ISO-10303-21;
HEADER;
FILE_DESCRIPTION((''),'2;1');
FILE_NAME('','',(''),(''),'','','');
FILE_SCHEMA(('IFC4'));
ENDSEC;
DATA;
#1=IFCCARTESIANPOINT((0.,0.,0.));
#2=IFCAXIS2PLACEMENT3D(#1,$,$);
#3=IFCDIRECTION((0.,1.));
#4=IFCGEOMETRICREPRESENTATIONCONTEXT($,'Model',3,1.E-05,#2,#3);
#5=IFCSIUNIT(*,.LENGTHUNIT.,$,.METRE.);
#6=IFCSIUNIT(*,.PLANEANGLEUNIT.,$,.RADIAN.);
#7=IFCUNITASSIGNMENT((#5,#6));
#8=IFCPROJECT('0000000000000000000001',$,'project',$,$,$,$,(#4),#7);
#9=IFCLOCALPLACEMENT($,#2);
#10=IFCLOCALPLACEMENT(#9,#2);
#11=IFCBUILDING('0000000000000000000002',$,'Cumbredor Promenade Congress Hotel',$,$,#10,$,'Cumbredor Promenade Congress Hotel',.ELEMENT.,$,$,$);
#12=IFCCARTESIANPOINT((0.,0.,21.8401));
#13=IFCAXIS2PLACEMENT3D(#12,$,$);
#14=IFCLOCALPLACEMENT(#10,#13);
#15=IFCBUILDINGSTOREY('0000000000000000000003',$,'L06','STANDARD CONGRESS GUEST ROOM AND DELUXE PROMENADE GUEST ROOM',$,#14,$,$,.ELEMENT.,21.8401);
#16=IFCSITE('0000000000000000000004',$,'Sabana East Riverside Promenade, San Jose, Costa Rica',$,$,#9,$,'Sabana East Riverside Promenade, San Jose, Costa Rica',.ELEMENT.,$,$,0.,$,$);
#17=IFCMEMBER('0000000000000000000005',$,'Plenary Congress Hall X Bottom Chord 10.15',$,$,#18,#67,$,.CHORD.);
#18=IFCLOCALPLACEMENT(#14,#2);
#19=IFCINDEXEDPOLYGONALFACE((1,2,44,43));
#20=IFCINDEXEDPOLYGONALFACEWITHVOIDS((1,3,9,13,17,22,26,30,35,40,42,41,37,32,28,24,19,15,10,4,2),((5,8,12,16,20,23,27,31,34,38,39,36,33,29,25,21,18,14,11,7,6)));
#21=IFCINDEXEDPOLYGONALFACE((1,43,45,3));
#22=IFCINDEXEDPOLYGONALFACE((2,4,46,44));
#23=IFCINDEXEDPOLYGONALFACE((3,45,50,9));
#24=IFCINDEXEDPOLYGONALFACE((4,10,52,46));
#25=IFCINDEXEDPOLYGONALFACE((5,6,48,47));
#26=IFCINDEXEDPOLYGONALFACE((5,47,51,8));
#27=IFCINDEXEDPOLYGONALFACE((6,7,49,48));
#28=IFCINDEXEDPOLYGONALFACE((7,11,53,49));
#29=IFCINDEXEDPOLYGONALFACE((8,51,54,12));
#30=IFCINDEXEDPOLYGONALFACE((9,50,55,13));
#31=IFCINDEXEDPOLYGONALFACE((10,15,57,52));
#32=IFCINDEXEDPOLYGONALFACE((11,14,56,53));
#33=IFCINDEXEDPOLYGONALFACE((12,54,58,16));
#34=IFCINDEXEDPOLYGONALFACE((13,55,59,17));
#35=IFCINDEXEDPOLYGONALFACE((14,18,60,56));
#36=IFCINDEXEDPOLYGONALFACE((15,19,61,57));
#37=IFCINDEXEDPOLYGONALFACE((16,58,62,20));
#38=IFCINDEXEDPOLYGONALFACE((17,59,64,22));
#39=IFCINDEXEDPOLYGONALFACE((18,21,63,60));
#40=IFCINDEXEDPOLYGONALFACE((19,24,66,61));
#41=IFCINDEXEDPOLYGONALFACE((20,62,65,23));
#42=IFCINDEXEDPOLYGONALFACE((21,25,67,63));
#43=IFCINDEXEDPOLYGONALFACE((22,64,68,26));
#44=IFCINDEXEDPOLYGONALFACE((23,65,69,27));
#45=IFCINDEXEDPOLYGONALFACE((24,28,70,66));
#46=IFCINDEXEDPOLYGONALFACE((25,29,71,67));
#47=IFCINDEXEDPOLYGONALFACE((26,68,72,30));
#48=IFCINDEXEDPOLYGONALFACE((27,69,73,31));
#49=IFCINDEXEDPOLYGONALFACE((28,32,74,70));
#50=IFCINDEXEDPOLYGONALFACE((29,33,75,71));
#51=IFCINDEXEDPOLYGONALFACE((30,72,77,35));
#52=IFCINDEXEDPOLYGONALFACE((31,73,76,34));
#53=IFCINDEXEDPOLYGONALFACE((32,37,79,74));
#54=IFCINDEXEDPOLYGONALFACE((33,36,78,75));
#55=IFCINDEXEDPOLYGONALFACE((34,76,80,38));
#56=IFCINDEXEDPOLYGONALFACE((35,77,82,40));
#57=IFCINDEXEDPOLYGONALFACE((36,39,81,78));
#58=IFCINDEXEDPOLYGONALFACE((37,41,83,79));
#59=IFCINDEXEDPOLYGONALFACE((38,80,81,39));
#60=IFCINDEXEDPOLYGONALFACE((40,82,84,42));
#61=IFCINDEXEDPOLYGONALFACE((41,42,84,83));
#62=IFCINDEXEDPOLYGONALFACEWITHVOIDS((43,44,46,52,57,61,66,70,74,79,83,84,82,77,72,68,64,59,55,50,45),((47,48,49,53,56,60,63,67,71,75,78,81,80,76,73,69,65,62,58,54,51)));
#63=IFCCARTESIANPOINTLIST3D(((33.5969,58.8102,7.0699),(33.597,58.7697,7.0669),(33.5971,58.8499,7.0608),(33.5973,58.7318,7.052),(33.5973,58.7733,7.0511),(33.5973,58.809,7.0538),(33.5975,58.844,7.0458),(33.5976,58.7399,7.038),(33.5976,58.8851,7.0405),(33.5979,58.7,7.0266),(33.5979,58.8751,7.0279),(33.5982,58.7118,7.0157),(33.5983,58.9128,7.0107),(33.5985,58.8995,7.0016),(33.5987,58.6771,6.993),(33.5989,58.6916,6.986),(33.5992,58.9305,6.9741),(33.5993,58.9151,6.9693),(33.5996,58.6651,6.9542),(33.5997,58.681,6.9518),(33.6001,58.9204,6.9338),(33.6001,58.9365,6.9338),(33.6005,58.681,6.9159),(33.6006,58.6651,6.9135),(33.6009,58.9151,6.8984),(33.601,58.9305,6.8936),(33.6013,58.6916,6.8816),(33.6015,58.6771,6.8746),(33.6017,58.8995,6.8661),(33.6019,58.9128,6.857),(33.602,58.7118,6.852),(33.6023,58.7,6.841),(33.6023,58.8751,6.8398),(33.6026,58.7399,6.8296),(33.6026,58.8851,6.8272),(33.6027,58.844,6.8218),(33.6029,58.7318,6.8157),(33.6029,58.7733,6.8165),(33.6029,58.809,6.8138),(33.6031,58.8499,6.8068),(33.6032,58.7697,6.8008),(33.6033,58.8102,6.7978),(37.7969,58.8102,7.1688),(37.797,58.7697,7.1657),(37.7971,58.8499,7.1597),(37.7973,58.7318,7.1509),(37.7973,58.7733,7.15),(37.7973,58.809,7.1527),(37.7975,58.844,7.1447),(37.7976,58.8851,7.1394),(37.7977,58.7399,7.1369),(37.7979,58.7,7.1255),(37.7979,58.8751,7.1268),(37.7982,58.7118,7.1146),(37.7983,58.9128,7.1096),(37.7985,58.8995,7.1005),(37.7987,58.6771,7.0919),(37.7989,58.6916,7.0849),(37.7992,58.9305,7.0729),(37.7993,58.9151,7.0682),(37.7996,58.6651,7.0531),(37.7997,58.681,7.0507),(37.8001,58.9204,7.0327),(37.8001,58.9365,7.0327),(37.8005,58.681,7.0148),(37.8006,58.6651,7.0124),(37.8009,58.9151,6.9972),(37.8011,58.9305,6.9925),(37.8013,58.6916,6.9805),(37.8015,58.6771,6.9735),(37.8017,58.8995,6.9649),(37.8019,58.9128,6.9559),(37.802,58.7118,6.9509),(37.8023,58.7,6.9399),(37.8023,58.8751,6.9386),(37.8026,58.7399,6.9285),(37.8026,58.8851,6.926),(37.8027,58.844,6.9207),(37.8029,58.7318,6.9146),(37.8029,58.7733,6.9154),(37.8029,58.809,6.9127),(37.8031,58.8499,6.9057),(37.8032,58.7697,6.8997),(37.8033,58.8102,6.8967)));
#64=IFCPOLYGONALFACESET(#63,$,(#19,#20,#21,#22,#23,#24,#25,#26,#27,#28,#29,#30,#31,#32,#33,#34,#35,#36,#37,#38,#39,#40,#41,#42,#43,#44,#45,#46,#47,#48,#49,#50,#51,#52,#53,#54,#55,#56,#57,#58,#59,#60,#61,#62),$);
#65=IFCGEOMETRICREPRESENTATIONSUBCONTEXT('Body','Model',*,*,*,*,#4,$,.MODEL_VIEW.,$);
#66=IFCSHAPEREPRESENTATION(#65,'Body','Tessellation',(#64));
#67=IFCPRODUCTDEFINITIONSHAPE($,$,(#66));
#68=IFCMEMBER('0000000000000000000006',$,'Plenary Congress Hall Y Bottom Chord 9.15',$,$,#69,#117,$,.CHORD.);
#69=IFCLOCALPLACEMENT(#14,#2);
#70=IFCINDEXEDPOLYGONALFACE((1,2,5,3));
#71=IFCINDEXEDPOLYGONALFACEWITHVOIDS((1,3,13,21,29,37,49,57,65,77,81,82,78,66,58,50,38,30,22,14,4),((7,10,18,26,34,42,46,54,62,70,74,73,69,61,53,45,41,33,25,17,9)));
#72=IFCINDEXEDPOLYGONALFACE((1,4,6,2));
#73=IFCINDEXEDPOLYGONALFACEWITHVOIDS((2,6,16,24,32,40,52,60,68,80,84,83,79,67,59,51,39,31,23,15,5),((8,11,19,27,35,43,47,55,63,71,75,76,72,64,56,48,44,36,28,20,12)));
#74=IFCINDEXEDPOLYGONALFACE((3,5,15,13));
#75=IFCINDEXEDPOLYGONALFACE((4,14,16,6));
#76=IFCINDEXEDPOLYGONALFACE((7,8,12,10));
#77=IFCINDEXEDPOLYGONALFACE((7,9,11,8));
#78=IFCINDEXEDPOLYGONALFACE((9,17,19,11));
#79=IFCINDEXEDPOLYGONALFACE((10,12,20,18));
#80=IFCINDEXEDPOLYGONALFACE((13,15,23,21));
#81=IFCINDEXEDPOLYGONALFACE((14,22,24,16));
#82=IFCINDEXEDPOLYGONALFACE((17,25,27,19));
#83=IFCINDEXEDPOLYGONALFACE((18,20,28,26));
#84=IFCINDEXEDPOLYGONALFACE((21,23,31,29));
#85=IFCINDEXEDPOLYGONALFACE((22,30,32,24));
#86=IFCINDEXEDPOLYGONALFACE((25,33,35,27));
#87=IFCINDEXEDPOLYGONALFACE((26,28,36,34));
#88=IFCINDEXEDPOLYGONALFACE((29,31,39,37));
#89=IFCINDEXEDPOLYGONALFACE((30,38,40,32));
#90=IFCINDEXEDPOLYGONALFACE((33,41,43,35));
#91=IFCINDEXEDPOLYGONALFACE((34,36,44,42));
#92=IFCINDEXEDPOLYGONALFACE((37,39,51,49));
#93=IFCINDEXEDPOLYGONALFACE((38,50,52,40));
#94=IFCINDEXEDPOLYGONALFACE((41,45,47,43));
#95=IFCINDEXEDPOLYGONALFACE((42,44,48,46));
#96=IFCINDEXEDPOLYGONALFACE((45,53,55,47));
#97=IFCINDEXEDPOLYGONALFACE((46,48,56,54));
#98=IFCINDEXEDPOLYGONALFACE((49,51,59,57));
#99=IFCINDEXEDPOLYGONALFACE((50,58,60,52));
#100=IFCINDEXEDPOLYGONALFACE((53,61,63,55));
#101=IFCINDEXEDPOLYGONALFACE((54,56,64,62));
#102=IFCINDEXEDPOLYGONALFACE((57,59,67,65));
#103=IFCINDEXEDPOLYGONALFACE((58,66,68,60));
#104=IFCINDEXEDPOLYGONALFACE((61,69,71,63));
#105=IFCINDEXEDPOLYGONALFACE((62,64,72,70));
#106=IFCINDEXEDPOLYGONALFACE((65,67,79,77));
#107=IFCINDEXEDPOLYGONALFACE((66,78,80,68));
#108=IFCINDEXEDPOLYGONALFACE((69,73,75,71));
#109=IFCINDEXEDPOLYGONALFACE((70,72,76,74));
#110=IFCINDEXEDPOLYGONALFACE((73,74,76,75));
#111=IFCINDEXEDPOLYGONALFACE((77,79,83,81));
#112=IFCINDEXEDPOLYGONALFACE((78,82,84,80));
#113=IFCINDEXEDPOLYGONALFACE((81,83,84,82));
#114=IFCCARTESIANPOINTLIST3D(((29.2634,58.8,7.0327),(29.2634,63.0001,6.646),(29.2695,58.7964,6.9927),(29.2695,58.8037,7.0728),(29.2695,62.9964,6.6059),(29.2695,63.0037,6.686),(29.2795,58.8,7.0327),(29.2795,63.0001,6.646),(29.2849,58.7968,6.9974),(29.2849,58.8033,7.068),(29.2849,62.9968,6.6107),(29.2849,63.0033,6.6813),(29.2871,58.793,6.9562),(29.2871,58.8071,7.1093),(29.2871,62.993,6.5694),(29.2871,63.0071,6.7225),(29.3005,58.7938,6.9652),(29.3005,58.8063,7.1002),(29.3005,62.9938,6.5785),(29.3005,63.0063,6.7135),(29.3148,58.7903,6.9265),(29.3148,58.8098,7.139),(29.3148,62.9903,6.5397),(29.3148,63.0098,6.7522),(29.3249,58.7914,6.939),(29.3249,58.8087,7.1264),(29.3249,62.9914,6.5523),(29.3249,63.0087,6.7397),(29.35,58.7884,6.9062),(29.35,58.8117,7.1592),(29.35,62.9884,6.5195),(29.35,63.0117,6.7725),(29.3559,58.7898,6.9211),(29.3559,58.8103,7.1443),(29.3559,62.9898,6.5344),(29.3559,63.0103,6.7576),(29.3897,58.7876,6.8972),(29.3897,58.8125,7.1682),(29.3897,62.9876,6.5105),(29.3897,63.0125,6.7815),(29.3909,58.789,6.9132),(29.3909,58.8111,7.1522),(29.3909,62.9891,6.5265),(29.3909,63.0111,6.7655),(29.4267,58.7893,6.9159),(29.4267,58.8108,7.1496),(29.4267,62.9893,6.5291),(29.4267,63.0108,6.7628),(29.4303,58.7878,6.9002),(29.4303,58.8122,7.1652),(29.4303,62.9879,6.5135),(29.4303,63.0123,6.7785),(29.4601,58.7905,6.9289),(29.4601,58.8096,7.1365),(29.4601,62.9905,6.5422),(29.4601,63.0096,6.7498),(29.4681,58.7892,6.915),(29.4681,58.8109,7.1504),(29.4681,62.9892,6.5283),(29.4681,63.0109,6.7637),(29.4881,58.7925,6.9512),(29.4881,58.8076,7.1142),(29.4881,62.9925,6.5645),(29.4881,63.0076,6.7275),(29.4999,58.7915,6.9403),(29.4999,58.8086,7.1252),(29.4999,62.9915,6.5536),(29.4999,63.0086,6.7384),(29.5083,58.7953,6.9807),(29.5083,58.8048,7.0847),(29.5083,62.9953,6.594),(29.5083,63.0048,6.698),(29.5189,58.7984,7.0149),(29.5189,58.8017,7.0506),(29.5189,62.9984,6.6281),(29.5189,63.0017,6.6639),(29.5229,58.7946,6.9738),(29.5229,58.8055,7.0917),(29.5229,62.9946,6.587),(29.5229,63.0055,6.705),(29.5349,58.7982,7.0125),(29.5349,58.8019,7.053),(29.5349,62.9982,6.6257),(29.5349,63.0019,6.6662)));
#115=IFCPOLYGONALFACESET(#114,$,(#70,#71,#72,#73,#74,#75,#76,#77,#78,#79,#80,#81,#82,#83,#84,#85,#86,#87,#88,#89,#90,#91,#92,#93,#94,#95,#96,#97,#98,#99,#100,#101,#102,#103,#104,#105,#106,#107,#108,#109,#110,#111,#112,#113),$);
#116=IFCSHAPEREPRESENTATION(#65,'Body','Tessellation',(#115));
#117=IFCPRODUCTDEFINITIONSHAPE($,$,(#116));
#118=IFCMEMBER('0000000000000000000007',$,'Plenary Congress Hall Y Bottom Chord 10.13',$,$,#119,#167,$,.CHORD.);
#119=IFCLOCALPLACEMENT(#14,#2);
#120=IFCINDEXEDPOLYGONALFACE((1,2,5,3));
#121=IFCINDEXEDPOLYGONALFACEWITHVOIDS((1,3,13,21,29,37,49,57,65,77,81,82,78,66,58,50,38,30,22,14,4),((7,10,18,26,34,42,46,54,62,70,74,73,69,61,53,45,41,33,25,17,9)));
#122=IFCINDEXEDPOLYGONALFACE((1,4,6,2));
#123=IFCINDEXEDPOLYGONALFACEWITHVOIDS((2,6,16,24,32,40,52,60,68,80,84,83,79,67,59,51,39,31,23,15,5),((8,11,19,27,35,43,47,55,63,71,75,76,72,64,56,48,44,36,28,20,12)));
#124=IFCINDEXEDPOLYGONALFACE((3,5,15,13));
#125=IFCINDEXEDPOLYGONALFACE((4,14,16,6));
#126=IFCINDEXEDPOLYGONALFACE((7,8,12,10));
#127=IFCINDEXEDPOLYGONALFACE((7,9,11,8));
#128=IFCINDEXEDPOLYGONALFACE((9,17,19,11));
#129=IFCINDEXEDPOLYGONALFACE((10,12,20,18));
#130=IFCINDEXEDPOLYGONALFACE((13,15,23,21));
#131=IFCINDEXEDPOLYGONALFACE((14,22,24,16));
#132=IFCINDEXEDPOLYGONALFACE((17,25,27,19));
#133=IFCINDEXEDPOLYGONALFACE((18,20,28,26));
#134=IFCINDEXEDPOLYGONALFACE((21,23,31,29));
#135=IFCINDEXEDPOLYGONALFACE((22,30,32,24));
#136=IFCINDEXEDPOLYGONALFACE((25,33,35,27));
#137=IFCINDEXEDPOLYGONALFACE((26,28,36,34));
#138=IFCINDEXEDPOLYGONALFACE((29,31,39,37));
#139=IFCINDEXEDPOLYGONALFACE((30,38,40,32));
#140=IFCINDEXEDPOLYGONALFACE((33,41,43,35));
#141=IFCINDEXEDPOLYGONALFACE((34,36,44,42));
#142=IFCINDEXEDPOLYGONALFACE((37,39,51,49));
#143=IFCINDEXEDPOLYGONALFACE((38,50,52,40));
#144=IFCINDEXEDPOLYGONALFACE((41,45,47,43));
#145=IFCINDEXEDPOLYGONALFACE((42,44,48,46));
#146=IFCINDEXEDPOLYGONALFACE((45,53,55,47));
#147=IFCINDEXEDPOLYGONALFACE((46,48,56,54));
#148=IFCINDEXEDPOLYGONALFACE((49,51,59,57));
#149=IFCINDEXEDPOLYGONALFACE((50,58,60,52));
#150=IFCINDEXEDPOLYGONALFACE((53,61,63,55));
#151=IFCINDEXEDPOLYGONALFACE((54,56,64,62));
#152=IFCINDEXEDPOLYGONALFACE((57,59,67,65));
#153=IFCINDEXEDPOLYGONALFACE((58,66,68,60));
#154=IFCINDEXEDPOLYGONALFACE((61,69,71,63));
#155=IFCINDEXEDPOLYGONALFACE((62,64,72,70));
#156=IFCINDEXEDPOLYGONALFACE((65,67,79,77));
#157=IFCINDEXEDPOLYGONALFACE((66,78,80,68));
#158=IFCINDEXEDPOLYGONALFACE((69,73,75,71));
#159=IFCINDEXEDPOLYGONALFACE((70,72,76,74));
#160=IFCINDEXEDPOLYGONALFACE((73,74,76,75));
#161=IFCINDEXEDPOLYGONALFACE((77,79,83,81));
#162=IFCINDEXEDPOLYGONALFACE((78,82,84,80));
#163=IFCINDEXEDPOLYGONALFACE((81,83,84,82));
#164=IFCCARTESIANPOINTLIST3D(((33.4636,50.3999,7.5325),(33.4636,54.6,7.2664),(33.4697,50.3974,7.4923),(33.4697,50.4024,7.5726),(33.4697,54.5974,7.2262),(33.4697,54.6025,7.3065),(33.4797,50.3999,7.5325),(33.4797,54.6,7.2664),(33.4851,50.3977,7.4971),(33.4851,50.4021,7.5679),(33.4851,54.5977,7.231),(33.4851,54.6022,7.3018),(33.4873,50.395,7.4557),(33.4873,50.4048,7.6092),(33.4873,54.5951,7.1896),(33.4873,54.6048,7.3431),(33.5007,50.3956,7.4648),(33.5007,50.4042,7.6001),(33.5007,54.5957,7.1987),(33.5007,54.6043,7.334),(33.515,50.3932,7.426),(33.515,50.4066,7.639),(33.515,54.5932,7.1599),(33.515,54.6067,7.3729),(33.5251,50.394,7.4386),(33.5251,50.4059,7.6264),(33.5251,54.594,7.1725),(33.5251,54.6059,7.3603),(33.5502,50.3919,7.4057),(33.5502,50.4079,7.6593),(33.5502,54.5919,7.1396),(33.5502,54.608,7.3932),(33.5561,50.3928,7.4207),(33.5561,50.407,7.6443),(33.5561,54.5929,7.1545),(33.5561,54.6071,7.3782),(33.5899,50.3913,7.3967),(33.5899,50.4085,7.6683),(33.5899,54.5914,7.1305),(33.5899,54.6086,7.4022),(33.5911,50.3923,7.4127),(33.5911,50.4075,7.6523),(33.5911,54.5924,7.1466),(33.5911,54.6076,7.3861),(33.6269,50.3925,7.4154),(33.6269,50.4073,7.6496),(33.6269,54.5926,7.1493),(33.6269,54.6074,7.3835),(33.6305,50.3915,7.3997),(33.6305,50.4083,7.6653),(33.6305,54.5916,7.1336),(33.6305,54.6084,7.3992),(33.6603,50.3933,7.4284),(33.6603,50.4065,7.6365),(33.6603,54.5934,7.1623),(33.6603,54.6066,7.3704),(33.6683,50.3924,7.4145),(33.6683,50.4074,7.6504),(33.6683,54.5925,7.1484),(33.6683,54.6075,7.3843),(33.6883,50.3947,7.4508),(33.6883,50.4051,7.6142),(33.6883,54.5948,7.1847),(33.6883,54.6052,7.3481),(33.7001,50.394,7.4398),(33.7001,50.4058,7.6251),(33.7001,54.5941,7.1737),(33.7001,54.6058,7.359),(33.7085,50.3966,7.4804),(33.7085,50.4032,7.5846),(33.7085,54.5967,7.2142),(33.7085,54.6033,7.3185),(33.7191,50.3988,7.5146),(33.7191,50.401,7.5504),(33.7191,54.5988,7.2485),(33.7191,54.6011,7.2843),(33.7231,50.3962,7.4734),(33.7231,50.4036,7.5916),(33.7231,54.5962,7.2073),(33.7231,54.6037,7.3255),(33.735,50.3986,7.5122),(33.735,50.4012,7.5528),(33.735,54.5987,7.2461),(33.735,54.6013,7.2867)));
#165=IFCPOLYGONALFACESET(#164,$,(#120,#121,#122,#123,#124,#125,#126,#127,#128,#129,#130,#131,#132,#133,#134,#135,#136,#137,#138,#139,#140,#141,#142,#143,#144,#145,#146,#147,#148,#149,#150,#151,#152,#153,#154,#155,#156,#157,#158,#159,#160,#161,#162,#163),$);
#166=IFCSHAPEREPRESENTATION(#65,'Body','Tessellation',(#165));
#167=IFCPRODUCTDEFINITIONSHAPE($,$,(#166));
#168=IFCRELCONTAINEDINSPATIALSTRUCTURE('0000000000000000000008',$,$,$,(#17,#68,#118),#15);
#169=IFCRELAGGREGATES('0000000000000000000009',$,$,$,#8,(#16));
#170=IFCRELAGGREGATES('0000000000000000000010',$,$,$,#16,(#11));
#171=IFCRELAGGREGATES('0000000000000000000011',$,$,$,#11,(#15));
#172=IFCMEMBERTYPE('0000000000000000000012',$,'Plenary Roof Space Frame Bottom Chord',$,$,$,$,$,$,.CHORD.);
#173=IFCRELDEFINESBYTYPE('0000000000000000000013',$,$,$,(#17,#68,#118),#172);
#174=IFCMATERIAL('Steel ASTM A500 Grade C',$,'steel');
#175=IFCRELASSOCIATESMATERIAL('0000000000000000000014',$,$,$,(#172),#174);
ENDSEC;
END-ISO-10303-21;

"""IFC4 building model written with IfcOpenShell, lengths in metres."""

from ifc_helpers import new_model, si_unit, direction, frame, origin, origin_2d, place, context, subcontext, project, spatial, hollow_circle, extrude, material, material_profile, profile_set, type_object, element, save


model = new_model("IFC4")

# Units and contexts
model_context = context("Model", 3, precision=1e-05, world=origin(), true_north=direction((0.0, 1.0)))
body_context = subcontext(model_context, "Body", "Model", "MODEL_VIEW")
ifc_project = project(units=[si_unit("LENGTHUNIT", "METRE"), si_unit("PLANEANGLEUNIT", "RADIAN")], contexts=[model_context])

# Site, building, storey
site_placement = place(None, origin())
site = spatial("IfcSite", under=ifc_project, at=site_placement, Name="Sabana East Riverside Promenade, San Jose, Costa Rica", LongName="Sabana East Riverside Promenade, San Jose, Costa Rica", CompositionType="ELEMENT", RefElevation=0.0)
building_placement = place(site_placement, origin())
building = spatial("IfcBuilding", under=site, at=building_placement, Name="Cumbredor Promenade Congress Hotel", LongName="Cumbredor Promenade Congress Hotel", CompositionType="ELEMENT")
storey_placement = place(building_placement, frame((0.0, 0.0, 21.8401)))
storey = spatial("IfcBuildingStorey", under=building, at=storey_placement, Name="L06", Description="STANDARD CONGRESS GUEST ROOM AND DELUXE PROMENADE GUEST ROOM", CompositionType="ELEMENT", Elevation=21.8401)

# Members
ifc_material_1 = material(Name="Steel ASTM A500 Grade C", Category="steel")
ifc_material_profile_1 = material_profile(ifc_material_1, hollow_circle(Radius=0.1365, WallThickness=0.0161, at=origin_2d()), Name="CHS 273.0x16")
ifc_profile_set_1 = profile_set([ifc_material_profile_1], Name="Steel ASTM A500 Grade C")
member_type_1 = type_object("IfcMemberType", Name="Plenary Roof Space Frame Bottom Chord", PredefinedType="CHORD", material=ifc_profile_set_1)
member_1_placement = place(storey_placement, frame((33.6001, 58.8, 6.9338), z_axis=(0.999723, 0.0, 0.023536), x_axis=(0.0, 1.0, 0.0)))
element("IfcMember", 1, at=member_1_placement, inside=storey, type_object=member_type_1, Name="Plenary Congress Hall X Bottom Chord 10.15", PredefinedType="CHORD", context=body_context, shape_type="SweptSolid", body=[
    extrude(hollow_circle(Radius=0.1365, WallThickness=0.0161, at=origin_2d()), origin(), (0.0, 0.0, 1.0), 4.2012),
])
member_2_placement = place(storey_placement, frame((29.3999, 58.8, 7.0327), z_axis=(0.0, 0.995788, -0.091689), x_axis=(-1.0, 0.0, 0.0)))
element("IfcMember", 2, at=member_2_placement, inside=storey, type_object=member_type_1, Name="Plenary Congress Hall Y Bottom Chord 9.15", PredefinedType="CHORD", context=body_context, shape_type="SweptSolid", body=[
    extrude(hollow_circle(Radius=0.1365, WallThickness=0.0161, at=origin_2d()), origin(), (0.0, 0.0, 1.0), 4.2178),
])
member_3_placement = place(storey_placement, frame((33.6001, 50.3999, 7.5325), z_axis=(0.0, 0.997999, -0.063231), x_axis=(-1.0, 0.0, 0.0)))
element("IfcMember", 3, at=member_3_placement, inside=storey, type_object=member_type_1, Name="Plenary Congress Hall Y Bottom Chord 10.13", PredefinedType="CHORD", context=body_context, shape_type="SweptSolid", body=[
    extrude(hollow_circle(Radius=0.1365, WallThickness=0.0161, at=origin_2d()), origin(), (0.0, 0.0, 1.0), 4.2085),
])

save(model, "model.ifc")
